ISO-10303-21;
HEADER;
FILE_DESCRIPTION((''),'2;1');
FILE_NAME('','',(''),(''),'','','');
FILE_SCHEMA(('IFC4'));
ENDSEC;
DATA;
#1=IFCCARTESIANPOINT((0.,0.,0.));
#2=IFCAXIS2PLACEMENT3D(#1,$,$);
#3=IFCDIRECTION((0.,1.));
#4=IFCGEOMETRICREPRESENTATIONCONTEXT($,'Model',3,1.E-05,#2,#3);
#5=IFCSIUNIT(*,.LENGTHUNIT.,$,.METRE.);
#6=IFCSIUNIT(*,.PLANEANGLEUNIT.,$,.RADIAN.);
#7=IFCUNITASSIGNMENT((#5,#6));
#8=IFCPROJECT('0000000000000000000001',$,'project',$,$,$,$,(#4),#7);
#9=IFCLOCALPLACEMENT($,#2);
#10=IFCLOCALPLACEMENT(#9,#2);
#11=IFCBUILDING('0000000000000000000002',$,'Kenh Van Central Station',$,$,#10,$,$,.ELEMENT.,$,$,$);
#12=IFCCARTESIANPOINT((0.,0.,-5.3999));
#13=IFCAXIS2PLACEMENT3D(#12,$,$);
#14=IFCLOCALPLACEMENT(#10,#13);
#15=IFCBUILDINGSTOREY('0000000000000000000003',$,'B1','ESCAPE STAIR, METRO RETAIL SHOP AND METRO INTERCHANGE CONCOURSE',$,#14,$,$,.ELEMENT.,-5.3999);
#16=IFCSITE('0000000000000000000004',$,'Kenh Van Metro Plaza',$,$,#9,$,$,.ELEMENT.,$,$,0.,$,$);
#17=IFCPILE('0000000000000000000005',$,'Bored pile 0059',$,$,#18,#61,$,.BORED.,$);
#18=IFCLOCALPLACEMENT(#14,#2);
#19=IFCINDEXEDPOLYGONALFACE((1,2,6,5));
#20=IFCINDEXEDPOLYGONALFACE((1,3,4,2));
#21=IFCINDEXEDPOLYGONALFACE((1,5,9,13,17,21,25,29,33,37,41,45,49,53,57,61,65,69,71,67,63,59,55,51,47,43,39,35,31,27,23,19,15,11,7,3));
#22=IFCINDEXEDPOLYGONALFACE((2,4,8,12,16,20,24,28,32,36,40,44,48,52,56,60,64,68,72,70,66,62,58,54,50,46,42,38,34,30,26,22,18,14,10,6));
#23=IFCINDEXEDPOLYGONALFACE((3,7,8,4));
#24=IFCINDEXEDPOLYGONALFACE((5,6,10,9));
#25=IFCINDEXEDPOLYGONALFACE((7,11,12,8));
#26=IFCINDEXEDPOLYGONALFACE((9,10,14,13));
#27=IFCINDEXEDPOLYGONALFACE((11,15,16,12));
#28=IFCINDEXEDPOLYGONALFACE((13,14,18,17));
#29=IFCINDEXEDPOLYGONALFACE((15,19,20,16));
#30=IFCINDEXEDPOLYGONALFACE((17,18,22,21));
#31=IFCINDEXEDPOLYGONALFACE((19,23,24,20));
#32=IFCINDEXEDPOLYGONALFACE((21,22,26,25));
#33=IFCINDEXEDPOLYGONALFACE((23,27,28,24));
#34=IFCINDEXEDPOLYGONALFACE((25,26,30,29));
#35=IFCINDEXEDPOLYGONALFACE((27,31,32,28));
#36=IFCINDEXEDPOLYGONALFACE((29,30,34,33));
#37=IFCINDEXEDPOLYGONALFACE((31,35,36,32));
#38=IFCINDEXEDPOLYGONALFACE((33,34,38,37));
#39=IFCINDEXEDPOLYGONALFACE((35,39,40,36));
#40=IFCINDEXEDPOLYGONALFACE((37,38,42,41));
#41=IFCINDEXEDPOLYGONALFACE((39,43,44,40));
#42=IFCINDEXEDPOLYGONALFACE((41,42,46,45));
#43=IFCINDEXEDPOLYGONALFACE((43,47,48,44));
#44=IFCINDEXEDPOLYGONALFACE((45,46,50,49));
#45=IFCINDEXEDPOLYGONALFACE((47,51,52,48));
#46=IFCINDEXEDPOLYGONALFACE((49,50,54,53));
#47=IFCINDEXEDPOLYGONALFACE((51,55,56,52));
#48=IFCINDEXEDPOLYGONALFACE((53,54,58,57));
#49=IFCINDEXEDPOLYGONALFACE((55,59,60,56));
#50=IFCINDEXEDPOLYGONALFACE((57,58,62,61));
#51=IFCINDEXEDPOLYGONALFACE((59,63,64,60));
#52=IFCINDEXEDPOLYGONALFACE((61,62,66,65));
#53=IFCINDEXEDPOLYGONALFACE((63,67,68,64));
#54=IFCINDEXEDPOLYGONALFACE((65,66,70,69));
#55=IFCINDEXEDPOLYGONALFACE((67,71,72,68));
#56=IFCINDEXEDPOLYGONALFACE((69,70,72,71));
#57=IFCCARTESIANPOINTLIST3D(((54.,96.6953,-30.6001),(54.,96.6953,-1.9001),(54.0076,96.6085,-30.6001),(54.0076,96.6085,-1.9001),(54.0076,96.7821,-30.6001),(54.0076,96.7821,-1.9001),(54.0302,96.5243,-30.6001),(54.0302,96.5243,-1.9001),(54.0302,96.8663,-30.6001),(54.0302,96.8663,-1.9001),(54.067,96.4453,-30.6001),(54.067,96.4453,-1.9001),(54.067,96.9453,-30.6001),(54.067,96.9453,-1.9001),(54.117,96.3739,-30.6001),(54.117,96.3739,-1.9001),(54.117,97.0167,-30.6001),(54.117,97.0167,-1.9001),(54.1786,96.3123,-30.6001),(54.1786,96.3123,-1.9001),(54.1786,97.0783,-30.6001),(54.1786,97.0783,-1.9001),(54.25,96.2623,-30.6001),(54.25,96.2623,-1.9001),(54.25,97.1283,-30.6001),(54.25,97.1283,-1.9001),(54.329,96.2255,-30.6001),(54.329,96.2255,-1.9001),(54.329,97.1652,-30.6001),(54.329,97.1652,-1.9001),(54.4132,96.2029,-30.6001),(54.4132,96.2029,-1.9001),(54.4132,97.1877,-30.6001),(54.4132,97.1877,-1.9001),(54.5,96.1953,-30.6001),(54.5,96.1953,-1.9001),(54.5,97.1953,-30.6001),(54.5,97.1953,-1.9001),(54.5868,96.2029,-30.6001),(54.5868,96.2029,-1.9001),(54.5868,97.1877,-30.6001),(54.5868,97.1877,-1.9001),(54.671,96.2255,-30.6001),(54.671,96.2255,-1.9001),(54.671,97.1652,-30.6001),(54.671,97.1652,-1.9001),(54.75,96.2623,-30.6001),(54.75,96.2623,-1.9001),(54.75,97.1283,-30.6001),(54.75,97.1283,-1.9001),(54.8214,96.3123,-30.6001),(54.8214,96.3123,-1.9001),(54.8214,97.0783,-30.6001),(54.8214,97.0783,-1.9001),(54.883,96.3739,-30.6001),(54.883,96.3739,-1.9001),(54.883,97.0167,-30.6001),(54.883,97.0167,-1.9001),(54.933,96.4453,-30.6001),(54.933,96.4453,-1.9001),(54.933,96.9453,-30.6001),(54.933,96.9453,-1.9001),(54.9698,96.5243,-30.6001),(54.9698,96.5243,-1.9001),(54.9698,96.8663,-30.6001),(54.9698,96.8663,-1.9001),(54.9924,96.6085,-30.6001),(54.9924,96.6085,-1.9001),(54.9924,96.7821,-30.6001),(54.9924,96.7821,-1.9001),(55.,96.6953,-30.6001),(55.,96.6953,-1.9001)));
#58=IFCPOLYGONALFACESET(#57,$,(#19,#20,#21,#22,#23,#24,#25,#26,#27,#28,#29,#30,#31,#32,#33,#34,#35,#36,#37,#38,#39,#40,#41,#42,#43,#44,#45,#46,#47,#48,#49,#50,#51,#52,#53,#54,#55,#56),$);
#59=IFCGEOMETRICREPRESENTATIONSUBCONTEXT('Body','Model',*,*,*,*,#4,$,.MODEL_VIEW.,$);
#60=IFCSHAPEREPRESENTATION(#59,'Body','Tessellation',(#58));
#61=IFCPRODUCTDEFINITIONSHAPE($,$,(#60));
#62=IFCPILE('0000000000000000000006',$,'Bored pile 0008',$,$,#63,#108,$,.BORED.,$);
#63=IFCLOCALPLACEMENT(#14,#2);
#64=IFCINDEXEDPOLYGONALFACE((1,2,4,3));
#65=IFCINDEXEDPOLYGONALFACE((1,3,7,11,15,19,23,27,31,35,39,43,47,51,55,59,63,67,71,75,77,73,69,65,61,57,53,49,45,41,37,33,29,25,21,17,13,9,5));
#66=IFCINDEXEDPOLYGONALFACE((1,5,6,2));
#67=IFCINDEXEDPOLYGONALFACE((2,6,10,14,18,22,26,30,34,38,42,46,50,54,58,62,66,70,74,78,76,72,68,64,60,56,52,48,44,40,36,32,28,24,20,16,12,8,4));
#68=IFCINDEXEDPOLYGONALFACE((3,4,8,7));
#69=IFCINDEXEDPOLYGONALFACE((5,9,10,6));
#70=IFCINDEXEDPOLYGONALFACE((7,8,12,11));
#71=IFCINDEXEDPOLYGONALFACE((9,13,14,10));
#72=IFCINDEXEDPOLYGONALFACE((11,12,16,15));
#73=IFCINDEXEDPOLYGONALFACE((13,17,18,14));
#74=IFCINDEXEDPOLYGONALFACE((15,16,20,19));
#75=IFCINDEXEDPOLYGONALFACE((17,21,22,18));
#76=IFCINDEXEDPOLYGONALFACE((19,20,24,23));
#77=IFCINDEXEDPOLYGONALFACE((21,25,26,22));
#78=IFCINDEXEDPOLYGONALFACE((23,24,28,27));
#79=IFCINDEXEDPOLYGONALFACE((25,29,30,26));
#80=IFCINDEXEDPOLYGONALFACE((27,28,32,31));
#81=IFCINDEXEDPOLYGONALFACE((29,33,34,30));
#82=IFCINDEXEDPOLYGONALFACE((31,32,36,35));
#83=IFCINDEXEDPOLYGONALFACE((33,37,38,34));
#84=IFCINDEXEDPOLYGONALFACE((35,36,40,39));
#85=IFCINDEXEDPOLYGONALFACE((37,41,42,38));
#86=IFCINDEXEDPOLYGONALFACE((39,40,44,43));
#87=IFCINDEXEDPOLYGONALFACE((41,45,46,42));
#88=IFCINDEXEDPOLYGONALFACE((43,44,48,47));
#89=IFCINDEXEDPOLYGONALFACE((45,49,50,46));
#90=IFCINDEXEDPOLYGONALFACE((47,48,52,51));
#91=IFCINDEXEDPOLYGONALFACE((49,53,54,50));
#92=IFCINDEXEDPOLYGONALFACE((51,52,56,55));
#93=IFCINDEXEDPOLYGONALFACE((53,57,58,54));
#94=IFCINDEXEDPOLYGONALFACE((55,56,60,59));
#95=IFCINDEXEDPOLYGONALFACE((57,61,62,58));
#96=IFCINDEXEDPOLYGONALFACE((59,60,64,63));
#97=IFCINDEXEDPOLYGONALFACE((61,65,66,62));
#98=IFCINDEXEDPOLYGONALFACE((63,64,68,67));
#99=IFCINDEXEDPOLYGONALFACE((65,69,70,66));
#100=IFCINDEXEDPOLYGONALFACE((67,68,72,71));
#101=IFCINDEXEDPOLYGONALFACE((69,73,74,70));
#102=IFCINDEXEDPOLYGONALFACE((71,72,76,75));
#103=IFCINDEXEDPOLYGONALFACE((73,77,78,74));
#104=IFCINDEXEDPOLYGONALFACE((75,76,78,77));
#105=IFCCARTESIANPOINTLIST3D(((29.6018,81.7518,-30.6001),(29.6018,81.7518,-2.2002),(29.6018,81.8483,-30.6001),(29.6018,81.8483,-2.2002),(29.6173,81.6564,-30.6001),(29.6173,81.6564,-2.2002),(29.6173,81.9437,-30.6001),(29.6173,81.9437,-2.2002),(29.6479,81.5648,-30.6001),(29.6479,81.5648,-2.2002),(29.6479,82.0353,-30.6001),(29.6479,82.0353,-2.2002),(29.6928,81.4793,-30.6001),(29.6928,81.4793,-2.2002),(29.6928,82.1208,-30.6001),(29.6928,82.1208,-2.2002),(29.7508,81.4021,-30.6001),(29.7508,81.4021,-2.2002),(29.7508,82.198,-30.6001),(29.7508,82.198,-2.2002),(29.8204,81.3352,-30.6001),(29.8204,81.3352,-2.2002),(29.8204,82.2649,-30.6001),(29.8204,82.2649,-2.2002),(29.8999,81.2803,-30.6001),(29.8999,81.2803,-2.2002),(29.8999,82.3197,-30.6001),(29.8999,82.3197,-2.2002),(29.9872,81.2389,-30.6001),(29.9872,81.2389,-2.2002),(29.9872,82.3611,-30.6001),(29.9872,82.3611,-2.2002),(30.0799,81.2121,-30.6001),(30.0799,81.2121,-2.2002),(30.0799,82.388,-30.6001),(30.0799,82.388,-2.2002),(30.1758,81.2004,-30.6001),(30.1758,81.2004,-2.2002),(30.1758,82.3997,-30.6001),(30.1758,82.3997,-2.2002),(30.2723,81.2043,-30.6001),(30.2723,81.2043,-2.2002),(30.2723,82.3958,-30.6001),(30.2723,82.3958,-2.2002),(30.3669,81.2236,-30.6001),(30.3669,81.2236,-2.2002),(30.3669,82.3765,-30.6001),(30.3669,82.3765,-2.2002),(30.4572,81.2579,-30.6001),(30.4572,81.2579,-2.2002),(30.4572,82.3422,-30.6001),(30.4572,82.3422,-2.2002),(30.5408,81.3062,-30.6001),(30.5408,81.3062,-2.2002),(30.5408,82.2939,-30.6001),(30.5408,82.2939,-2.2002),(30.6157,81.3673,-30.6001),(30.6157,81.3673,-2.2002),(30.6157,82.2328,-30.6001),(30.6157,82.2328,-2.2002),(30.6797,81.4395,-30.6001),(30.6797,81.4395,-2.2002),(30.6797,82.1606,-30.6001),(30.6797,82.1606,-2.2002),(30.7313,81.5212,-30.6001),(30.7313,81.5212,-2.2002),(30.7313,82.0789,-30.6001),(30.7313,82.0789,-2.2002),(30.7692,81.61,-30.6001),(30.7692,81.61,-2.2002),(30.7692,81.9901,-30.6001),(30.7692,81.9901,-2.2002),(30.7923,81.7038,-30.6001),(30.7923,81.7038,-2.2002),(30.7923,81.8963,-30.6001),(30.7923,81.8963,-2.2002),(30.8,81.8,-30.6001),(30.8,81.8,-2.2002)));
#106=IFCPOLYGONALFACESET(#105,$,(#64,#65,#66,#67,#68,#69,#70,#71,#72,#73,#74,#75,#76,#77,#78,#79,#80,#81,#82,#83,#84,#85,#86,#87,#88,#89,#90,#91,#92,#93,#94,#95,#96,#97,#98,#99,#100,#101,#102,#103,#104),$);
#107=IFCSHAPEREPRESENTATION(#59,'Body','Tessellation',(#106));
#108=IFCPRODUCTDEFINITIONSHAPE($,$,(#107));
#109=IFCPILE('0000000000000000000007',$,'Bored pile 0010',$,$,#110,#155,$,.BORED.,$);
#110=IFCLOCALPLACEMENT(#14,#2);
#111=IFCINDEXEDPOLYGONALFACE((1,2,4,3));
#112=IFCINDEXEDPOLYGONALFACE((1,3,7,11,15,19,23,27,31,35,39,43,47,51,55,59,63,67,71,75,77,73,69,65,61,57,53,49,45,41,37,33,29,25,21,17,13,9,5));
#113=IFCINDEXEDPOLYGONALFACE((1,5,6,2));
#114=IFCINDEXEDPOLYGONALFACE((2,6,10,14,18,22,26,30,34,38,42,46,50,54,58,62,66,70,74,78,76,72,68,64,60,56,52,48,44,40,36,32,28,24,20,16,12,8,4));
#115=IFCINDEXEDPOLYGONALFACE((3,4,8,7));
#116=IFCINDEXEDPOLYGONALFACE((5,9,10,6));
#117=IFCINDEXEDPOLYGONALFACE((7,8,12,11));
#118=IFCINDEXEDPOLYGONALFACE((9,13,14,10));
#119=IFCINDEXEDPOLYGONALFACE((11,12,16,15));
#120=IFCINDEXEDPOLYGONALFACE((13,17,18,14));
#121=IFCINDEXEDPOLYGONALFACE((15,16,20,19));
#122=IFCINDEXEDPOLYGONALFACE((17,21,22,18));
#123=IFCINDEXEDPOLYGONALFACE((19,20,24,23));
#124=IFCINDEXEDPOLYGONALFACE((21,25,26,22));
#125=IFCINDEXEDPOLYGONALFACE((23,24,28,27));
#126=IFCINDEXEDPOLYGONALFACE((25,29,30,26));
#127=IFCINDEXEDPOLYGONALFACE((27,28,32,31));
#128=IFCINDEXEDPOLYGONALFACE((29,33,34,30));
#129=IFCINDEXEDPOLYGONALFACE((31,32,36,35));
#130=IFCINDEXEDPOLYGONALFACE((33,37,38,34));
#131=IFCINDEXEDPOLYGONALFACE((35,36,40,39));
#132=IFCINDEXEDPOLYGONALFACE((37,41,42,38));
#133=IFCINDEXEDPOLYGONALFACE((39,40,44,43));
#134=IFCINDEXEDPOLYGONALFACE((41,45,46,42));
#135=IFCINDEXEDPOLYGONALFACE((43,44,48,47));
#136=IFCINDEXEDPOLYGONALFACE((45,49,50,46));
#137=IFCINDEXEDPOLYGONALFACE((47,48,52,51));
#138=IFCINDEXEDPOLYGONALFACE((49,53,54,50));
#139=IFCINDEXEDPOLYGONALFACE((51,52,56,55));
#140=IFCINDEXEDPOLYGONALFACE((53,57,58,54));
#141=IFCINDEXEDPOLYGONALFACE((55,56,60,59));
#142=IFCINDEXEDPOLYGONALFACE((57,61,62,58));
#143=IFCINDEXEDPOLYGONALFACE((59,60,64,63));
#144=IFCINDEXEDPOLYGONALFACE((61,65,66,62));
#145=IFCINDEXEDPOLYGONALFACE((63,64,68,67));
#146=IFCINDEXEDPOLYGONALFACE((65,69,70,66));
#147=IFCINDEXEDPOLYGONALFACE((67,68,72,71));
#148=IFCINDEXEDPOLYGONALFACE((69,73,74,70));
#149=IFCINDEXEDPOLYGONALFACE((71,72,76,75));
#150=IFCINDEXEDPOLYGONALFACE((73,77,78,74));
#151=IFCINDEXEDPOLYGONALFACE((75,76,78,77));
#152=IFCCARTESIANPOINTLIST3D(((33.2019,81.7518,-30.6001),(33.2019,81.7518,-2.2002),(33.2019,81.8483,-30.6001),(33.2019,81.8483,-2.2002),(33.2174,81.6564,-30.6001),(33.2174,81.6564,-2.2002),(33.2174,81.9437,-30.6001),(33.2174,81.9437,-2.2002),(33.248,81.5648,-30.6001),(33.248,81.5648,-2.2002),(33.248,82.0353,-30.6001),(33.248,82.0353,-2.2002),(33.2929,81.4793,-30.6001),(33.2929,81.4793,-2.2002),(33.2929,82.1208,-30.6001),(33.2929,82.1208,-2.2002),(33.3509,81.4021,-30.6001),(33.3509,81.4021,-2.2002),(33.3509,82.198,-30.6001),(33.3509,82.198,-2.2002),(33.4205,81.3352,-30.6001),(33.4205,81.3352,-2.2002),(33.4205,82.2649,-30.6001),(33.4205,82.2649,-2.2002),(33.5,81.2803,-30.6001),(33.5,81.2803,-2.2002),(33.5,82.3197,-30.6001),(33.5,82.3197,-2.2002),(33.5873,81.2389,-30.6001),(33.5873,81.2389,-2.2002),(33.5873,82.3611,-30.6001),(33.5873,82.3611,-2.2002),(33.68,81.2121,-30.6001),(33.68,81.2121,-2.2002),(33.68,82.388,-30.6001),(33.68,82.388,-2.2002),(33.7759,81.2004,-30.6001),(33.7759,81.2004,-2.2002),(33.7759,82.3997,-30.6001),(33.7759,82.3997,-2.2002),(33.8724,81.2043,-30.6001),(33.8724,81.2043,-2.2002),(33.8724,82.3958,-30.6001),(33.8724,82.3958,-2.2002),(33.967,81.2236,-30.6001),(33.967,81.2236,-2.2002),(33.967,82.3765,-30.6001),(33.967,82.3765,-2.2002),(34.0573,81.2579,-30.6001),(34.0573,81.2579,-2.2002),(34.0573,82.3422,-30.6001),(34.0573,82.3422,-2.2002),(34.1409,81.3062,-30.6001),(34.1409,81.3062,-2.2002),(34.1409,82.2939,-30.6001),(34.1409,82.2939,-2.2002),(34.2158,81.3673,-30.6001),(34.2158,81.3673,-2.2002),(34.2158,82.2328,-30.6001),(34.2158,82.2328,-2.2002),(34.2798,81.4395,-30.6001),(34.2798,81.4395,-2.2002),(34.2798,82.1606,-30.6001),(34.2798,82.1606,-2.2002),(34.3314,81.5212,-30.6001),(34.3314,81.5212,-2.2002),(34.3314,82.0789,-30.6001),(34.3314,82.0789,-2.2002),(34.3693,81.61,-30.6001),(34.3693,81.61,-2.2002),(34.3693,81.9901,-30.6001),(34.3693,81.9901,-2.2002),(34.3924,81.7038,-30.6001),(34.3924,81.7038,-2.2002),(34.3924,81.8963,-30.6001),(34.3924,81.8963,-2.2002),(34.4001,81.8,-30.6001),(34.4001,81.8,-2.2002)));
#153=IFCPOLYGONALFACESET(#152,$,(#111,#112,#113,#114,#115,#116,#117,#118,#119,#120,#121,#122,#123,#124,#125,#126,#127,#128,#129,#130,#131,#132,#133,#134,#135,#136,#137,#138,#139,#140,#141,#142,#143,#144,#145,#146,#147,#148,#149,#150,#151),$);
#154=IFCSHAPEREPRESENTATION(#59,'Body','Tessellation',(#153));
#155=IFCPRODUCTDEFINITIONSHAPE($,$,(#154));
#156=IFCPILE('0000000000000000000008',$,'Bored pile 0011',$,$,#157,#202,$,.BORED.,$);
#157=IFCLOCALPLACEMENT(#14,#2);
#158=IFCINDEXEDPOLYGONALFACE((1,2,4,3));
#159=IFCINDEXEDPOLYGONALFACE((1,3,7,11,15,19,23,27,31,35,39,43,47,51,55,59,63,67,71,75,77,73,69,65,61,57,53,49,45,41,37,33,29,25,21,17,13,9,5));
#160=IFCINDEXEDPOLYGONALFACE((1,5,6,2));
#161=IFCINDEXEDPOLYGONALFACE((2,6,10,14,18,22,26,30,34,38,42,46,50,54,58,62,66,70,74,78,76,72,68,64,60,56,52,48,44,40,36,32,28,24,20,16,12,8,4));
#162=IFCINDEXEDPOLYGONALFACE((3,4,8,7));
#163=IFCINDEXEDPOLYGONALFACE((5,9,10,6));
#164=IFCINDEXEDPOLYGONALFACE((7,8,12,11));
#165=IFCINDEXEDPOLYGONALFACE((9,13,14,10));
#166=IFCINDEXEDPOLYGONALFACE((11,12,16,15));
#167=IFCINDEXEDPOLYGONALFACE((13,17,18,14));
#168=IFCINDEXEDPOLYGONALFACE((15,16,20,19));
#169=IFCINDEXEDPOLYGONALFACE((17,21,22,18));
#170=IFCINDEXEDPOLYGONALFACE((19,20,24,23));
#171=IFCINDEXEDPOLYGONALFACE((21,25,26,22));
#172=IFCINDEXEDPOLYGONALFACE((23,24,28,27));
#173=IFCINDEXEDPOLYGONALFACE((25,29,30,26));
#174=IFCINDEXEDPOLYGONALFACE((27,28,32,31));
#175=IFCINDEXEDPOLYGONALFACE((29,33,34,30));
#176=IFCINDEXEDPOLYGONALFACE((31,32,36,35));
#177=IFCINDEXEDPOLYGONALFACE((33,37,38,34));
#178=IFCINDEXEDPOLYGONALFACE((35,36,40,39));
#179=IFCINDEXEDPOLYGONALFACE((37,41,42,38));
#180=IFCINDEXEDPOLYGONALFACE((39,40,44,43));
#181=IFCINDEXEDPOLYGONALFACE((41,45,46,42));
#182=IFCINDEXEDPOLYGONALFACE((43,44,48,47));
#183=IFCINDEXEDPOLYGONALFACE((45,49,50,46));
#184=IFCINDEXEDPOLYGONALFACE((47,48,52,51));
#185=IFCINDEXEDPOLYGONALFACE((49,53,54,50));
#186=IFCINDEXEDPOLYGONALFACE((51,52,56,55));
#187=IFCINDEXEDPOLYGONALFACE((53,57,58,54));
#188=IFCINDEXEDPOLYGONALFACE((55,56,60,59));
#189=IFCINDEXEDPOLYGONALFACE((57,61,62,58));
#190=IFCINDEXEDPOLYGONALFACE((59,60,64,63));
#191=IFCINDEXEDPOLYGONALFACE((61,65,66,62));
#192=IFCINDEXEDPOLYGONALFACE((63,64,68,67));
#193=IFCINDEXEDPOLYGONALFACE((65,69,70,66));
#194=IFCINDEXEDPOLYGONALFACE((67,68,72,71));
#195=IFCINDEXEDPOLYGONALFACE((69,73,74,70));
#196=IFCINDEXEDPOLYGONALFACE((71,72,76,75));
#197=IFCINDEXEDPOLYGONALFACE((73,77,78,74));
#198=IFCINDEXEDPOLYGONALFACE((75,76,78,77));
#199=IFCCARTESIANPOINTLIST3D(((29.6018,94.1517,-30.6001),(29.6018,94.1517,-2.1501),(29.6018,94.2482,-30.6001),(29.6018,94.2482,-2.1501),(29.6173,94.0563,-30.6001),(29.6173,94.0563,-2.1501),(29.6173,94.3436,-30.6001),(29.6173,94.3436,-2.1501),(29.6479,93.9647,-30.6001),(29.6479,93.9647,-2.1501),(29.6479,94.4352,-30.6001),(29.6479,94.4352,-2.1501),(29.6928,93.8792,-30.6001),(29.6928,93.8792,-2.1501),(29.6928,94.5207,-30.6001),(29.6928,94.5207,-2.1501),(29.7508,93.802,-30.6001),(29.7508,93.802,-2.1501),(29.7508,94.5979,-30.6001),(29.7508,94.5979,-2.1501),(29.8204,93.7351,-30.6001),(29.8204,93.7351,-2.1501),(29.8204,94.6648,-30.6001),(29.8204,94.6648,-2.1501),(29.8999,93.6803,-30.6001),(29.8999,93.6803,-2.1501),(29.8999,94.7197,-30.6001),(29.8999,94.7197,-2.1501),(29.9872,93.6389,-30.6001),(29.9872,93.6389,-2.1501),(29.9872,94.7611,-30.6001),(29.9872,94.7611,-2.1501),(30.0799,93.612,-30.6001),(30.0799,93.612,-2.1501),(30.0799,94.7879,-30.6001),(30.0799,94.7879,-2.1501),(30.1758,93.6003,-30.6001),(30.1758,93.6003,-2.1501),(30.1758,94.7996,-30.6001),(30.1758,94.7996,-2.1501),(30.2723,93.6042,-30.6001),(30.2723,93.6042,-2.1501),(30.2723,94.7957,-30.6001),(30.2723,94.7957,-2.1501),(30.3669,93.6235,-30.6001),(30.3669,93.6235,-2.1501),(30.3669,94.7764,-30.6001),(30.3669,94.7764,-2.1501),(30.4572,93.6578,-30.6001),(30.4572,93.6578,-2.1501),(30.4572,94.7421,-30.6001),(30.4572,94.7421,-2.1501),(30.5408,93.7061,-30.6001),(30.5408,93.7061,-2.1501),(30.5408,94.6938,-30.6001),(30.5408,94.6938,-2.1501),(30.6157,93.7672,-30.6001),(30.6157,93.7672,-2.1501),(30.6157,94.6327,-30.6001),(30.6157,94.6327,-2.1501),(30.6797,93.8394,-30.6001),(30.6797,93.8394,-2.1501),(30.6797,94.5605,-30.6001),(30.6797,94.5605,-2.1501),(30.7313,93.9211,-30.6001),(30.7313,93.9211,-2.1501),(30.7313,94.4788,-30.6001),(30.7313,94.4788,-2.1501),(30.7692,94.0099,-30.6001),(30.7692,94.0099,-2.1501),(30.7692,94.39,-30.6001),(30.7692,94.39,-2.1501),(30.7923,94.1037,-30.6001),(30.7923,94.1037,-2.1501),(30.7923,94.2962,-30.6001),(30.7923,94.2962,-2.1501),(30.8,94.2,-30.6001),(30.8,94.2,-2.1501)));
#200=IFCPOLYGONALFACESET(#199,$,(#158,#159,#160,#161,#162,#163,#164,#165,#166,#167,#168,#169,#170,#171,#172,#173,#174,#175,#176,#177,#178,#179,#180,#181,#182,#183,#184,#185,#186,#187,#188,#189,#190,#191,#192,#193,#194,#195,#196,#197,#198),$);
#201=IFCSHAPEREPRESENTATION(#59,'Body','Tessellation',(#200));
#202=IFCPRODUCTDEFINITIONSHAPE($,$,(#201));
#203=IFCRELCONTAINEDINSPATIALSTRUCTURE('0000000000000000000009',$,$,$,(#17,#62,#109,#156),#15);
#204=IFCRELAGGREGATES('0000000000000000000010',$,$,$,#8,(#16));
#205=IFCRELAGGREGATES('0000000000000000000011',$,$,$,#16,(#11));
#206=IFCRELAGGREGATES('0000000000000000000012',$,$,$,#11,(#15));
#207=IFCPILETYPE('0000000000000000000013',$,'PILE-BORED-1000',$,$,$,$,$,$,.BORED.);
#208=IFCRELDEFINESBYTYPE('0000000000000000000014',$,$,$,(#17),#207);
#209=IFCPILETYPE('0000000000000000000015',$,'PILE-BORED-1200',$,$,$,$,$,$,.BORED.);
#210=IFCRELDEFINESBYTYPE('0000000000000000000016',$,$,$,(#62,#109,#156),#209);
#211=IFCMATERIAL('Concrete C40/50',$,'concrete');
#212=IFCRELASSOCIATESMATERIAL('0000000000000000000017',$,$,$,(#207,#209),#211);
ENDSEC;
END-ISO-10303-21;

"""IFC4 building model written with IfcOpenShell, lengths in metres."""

from ifc_helpers import new_model, si_unit, direction, frame, origin, origin_2d, place, context, subcontext, project, spatial, circle, extrude, material, material_profile, profile_set, type_object, element, save


model = new_model("IFC4")

# Units and contexts
model_context = context("Model", 3, precision=1e-05, world=origin(), true_north=direction((0.0, 1.0)))
body_context = subcontext(model_context, "Body", "Model", "MODEL_VIEW")
ifc_project = project(units=[si_unit("LENGTHUNIT", "METRE"), si_unit("PLANEANGLEUNIT", "RADIAN")], contexts=[model_context])

# Site, building, storey
site_placement = place(None, origin())
site = spatial("IfcSite", under=ifc_project, at=site_placement, Name="Kenh Van Metro Plaza", CompositionType="ELEMENT", RefElevation=0.0)
building_placement = place(site_placement, origin())
building = spatial("IfcBuilding", under=site, at=building_placement, Name="Kenh Van Central Station", CompositionType="ELEMENT")
storey_placement = place(building_placement, frame((0.0, 0.0, -5.3999)))
storey = spatial("IfcBuildingStorey", under=building, at=storey_placement, Name="B1", Description="ESCAPE STAIR, METRO RETAIL SHOP AND METRO INTERCHANGE CONCOURSE", CompositionType="ELEMENT", Elevation=-5.3999)

# Shared definitions
ifc_material = material(Name="Concrete C40/50", Category="concrete")

# Piles
ifc_material_profile_1 = material_profile(ifc_material, circle(Radius=0.5, at=origin_2d()), Name="PILE D1000")
ifc_profile_set_1 = profile_set([ifc_material_profile_1], Name="Concrete C40/50")
pile_type_1 = type_object("IfcPileType", Name="PILE-BORED-1000", PredefinedType="BORED", material=ifc_profile_set_1)
for number, where, z_axis, x_axis, name in (
    (1, (54.5, 96.6953, -1.9001), (0.0, 0.0, -1.0), (1.0, 0.0, 0.0), "Bored pile 0059"),
):
    element("IfcPile", number, at=place(storey_placement, frame(where, z_axis=z_axis, x_axis=x_axis)), inside=storey, type_object=pile_type_1, Name=name, PredefinedType="BORED", context=body_context, shape_type="SweptSolid", body=[
        extrude(circle(Radius=0.5, at=origin_2d()), origin(), (0.0, 0.0, 1.0), 28.7),
    ])
ifc_material_profile_2 = material_profile(ifc_material, circle(Radius=0.6001, at=origin_2d()), Name="PILE D1200")
ifc_profile_set_2 = profile_set([ifc_material_profile_2], Name="Concrete C40/50")
pile_type_2 = type_object("IfcPileType", Name="PILE-BORED-1200", PredefinedType="BORED", material=ifc_profile_set_2)
for number, where, z_axis, x_axis, name in (
    (2, (30.2, 81.8, -2.2002), (0.0, 0.0, -1.0), (1.0, 0.0, 0.0), "Bored pile 0008"),
    (3, (33.8, 81.8, -2.2002), (0.0, 0.0, -1.0), (1.0, 0.0, 0.0), "Bored pile 0010"),
):
    element("IfcPile", number, at=place(storey_placement, frame(where, z_axis=z_axis, x_axis=x_axis)), inside=storey, type_object=pile_type_2, Name=name, PredefinedType="BORED", context=body_context, shape_type="SweptSolid", body=[
        extrude(circle(Radius=0.6001, at=origin_2d()), origin(), (0.0, 0.0, 1.0), 28.3999),
    ])
for number, where, z_axis, x_axis, name in (
    (4, (30.2, 94.2, -2.1501), (0.0, 0.0, -1.0), (1.0, 0.0, 0.0), "Bored pile 0011"),
):
    element("IfcPile", number, at=place(storey_placement, frame(where, z_axis=z_axis, x_axis=x_axis)), inside=storey, type_object=pile_type_2, Name=name, PredefinedType="BORED", context=body_context, shape_type="SweptSolid", body=[
        extrude(circle(Radius=0.6001, at=origin_2d()), origin(), (0.0, 0.0, 1.0), 28.45),
    ])

save(model, "model.ifc")
